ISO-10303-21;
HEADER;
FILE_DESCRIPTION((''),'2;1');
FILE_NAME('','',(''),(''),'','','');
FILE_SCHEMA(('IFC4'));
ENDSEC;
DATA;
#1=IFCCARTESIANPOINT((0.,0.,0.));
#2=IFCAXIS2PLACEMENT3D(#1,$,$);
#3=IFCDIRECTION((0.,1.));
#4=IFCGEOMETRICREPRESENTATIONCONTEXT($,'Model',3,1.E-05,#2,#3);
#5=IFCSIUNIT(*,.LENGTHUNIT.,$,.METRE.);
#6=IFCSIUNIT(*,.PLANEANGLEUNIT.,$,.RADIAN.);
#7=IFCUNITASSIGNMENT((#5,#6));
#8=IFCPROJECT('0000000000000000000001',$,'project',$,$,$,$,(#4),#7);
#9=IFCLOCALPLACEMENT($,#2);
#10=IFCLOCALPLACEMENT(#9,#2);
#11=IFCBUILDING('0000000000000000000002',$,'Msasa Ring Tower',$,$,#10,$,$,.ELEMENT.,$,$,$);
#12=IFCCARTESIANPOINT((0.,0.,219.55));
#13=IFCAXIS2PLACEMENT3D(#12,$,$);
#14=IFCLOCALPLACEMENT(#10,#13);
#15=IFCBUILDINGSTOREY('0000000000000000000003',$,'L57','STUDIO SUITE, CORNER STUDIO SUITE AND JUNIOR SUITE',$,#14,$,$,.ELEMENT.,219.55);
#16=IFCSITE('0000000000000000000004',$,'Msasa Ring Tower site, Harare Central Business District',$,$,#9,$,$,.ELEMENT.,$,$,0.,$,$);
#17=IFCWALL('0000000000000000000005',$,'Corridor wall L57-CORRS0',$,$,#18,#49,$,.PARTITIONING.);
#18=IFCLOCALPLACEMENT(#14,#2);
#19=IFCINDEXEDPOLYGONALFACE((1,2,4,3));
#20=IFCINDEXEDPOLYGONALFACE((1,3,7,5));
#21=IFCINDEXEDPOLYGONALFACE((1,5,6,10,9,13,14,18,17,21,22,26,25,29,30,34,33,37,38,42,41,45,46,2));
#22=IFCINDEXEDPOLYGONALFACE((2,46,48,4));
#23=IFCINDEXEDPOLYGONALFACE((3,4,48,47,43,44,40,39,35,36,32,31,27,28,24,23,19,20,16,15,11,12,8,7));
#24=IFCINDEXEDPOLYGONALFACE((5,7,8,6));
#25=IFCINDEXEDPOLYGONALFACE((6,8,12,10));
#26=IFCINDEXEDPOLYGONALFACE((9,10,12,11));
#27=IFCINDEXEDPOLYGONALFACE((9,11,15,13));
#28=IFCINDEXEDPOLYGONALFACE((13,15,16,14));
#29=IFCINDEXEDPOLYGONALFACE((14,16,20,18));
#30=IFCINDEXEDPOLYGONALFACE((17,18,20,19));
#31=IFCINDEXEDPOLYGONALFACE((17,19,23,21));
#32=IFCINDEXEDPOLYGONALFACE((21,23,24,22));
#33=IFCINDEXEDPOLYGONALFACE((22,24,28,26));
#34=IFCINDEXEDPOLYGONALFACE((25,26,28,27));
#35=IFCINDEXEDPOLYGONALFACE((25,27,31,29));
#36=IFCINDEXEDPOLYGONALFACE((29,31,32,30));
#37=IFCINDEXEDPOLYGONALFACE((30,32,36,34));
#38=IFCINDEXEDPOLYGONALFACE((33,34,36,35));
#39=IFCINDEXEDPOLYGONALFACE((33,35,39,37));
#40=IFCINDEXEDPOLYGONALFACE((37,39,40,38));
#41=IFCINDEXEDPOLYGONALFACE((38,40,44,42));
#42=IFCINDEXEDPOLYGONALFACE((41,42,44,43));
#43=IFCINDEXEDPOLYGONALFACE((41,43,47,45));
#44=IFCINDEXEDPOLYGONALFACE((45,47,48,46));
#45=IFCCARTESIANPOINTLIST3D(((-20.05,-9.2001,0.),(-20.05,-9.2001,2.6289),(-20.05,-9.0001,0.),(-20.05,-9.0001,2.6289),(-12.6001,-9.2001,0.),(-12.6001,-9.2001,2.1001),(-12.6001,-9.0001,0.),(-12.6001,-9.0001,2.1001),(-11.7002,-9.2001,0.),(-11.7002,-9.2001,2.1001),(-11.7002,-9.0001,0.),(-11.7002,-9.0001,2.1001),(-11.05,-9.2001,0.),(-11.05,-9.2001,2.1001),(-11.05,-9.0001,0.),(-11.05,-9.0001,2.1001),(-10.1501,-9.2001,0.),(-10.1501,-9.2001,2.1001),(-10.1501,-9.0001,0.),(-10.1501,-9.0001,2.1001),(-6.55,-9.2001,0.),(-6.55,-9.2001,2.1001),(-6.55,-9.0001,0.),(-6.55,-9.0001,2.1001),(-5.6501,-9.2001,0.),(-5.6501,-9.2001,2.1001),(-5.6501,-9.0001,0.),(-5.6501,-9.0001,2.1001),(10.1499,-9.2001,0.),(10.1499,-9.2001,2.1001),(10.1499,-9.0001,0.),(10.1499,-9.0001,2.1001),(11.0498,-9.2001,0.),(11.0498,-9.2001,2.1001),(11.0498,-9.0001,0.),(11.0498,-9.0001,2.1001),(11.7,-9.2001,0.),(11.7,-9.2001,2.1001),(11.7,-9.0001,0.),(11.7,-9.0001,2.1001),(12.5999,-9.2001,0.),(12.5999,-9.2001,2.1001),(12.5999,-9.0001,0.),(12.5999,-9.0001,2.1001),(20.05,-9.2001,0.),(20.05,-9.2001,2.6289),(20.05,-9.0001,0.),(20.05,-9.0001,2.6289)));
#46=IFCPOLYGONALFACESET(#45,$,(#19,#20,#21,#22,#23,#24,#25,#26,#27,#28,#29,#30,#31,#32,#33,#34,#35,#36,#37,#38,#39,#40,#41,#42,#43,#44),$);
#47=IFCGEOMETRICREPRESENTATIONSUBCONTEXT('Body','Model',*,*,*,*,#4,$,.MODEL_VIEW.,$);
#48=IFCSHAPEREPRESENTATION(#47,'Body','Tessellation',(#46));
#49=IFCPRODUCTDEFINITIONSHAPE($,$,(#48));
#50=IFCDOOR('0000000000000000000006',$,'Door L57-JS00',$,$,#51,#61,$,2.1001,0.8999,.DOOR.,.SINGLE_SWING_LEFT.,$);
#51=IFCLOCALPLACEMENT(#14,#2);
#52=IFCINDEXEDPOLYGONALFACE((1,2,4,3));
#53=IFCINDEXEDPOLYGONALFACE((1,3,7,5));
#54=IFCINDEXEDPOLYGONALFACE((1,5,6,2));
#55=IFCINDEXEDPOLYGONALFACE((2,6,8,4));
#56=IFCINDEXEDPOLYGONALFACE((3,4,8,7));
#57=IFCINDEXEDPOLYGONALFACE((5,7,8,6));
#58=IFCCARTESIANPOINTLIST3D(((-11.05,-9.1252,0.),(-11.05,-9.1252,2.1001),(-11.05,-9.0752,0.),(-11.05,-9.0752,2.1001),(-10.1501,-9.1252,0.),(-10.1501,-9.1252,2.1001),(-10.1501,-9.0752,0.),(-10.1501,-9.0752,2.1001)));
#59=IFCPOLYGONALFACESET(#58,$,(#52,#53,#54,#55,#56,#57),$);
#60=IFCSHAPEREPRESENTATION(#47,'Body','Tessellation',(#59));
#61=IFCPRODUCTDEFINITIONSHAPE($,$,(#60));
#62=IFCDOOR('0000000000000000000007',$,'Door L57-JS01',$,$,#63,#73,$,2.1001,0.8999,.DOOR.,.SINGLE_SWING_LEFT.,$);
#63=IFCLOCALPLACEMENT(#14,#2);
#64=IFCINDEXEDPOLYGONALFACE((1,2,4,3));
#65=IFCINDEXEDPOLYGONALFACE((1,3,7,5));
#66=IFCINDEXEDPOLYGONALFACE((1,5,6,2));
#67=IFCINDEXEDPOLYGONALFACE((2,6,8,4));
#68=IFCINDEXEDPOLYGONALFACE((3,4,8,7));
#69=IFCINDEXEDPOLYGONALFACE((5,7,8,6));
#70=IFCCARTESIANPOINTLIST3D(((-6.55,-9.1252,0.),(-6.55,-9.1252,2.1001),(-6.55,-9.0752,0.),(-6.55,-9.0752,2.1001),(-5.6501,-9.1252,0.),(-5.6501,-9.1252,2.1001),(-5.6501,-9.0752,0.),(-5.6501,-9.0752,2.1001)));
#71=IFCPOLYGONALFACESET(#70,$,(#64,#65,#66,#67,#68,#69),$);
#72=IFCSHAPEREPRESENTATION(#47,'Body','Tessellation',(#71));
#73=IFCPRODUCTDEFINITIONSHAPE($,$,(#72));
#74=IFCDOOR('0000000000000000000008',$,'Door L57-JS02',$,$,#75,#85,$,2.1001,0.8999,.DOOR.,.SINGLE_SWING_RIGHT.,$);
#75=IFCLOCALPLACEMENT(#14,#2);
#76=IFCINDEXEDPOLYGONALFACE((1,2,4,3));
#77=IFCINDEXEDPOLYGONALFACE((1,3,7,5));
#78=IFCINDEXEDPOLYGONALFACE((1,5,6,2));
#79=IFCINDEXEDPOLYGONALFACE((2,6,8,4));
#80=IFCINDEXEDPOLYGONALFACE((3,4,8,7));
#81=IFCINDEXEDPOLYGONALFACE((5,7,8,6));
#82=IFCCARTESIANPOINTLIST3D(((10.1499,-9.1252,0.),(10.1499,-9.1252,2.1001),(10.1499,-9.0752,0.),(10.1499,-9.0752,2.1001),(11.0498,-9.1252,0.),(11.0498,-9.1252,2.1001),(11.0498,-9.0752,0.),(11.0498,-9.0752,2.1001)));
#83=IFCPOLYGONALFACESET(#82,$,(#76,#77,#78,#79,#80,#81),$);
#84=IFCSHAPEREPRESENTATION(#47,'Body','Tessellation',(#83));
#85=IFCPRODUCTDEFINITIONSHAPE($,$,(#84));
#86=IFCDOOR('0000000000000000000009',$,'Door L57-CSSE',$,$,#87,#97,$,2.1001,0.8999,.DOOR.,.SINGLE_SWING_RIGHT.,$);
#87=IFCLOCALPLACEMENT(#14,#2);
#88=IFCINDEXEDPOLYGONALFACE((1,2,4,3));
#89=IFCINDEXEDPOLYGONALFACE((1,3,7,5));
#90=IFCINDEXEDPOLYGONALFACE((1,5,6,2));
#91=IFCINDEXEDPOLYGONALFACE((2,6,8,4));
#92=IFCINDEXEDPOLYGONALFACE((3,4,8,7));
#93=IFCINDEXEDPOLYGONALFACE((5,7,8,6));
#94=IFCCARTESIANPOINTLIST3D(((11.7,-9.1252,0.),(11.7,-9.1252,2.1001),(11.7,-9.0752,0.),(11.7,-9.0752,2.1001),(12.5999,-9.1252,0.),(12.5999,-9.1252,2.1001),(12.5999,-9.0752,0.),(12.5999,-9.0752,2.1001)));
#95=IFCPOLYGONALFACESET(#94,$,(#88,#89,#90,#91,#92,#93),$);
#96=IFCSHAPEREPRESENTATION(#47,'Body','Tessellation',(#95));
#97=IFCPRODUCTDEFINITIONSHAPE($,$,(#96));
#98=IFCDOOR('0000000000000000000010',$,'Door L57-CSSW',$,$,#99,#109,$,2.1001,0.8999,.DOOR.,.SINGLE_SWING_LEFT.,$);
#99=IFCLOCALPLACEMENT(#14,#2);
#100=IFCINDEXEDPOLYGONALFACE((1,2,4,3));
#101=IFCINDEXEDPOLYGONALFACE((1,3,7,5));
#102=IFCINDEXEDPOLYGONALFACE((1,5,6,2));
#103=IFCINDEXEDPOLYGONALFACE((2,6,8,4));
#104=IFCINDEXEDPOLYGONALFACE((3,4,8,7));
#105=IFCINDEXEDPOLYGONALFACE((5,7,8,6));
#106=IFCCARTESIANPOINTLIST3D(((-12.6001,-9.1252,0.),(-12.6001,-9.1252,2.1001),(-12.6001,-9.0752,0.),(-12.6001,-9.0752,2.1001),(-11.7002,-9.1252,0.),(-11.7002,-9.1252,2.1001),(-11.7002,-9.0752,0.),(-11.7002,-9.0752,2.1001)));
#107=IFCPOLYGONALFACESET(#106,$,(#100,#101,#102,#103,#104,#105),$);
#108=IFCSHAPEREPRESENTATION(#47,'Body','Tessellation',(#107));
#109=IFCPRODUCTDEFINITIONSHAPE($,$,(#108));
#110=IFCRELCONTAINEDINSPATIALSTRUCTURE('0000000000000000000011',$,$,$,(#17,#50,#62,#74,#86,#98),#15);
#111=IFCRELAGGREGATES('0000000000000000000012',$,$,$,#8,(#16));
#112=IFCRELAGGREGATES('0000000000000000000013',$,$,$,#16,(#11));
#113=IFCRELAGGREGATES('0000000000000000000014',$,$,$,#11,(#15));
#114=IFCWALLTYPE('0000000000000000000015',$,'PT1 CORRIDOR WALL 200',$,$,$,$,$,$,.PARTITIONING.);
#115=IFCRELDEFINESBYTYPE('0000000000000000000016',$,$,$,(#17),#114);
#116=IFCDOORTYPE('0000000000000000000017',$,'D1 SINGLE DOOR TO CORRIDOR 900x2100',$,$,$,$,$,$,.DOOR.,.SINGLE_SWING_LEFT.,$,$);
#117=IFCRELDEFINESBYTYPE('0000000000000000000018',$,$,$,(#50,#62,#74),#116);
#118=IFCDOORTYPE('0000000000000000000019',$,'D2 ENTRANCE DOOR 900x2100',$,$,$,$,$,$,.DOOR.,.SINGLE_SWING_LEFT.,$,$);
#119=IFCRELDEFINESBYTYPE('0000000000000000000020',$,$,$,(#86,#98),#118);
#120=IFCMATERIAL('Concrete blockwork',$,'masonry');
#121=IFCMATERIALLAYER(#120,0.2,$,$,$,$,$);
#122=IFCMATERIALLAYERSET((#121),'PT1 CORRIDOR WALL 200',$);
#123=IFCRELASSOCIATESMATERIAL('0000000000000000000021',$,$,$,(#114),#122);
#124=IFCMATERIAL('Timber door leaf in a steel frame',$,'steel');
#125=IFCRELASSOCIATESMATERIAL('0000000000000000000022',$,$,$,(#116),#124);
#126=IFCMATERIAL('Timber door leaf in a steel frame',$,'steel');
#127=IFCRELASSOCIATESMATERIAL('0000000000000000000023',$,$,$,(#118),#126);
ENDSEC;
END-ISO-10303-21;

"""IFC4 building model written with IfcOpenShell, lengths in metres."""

from ifc_helpers import new_model, si_unit, direction, frame, frame_2d, origin, place, context, subcontext, project, spatial, rectangle, extrude, material, layer, layer_set, type_object, element, fill, save


model = new_model("IFC4")

# Units and contexts
model_context = context("Model", 3, precision=1e-05, world=origin(), true_north=direction((0.0, 1.0)))
body_context = subcontext(model_context, "Body", "Model", "MODEL_VIEW")
ifc_project = project(units=[si_unit("LENGTHUNIT", "METRE"), si_unit("PLANEANGLEUNIT", "RADIAN")], contexts=[model_context])

# Site, building, storey
site_placement = place(None, origin())
site = spatial("IfcSite", under=ifc_project, at=site_placement, Name="Msasa Ring Tower site, Harare Central Business District", CompositionType="ELEMENT", RefElevation=0.0)
building_placement = place(site_placement, origin())
building = spatial("IfcBuilding", under=site, at=building_placement, Name="Msasa Ring Tower", CompositionType="ELEMENT")
storey_placement = place(building_placement, frame((0.0, 0.0, 219.55)))
storey = spatial("IfcBuildingStorey", under=building, at=storey_placement, Name="L57", Description="STUDIO SUITE, CORNER STUDIO SUITE AND JUNIOR SUITE", CompositionType="ELEMENT", Elevation=219.55)

# Wall, openings, doors
ifc_material_1 = material(Name="Concrete blockwork", Category="masonry")
ifc_layer_1 = layer(ifc_material_1, 0.2)
ifc_layer_set_1 = layer_set([ifc_layer_1], Name="PT1 CORRIDOR WALL 200")
wall_type_1 = type_object("IfcWallType", Name="PT1 CORRIDOR WALL 200", PredefinedType="PARTITIONING", material=ifc_layer_set_1)
wall_1_placement = place(storey_placement, frame((-20.05, -9.1001, 0.0), z_axis=(0.0, 0.0, 1.0), x_axis=(1.0, 0.0, 0.0)))
wall_1 = element("IfcWall", 1, at=wall_1_placement, inside=storey, type_object=wall_type_1, Name="Corridor wall L57-CORRS0", PredefinedType="PARTITIONING", context=body_context, shape_type="SweptSolid", body=[
    extrude(rectangle(XDim=40.1001, YDim=0.2, at=frame_2d((20.05, 0.0))), origin(), (0.0, 0.0, 1.0), 2.6289),
])
opening_1_placement = place(wall_1_placement, frame((9.0, 0.0, 0.0)))
opening_1 = element("IfcOpeningElement", 2, at=opening_1_placement, cuts=wall_1, PredefinedType="OPENING", context=body_context, shape_type="SweptSolid", body=[
    extrude(rectangle(XDim=0.8999, YDim=2.1001, at=frame_2d((0.45, 1.05))), frame((0.0, 0.1099, 0.0), z_axis=(0.0, -1.0, 0.0), x_axis=(1.0, 0.0, 0.0)), (0.0, 0.0, 1.0), 0.22),
])
opening_2_placement = place(wall_1_placement, frame((13.5, 0.0, 0.0)))
opening_2 = element("IfcOpeningElement", 3, at=opening_2_placement, cuts=wall_1, PredefinedType="OPENING", context=body_context, shape_type="SweptSolid", body=[
    extrude(rectangle(XDim=0.8999, YDim=2.1001, at=frame_2d((0.45, 1.05))), frame((0.0, 0.1099, 0.0), z_axis=(0.0, -1.0, 0.0), x_axis=(1.0, 0.0, 0.0)), (0.0, 0.0, 1.0), 0.22),
])
opening_3_placement = place(wall_1_placement, frame((30.2, 0.0, 0.0)))
opening_3 = element("IfcOpeningElement", 4, at=opening_3_placement, cuts=wall_1, PredefinedType="OPENING", context=body_context, shape_type="SweptSolid", body=[
    extrude(rectangle(XDim=0.8999, YDim=2.1001, at=frame_2d((0.45, 1.05))), frame((0.0, 0.1099, 0.0), z_axis=(0.0, -1.0, 0.0), x_axis=(1.0, 0.0, 0.0)), (0.0, 0.0, 1.0), 0.22),
])
opening_4_placement = place(wall_1_placement, frame((31.75, 0.0, 0.0)))
opening_4 = element("IfcOpeningElement", 5, at=opening_4_placement, cuts=wall_1, PredefinedType="OPENING", context=body_context, shape_type="SweptSolid", body=[
    extrude(rectangle(XDim=0.8999, YDim=2.1001, at=frame_2d((0.45, 1.05))), frame((0.0, 0.1099, 0.0), z_axis=(0.0, -1.0, 0.0), x_axis=(1.0, 0.0, 0.0)), (0.0, 0.0, 1.0), 0.22),
])
opening_5_placement = place(wall_1_placement, frame((7.45, 0.0, 0.0)))
opening_5 = element("IfcOpeningElement", 6, at=opening_5_placement, cuts=wall_1, PredefinedType="OPENING", context=body_context, shape_type="SweptSolid", body=[
    extrude(rectangle(XDim=0.8999, YDim=2.1001, at=frame_2d((0.45, 1.05))), frame((0.0, 0.1099, 0.0), z_axis=(0.0, -1.0, 0.0), x_axis=(1.0, 0.0, 0.0)), (0.0, 0.0, 1.0), 0.22),
])
ifc_material_2 = material(Name="Timber door leaf in a steel frame", Category="steel")
door_type_1 = type_object("IfcDoorType", Name="D1 SINGLE DOOR TO CORRIDOR 900x2100", OperationType="SINGLE_SWING_LEFT", PredefinedType="DOOR", material=ifc_material_2)
door_1_placement = place(opening_1_placement, origin())
door_1 = element("IfcDoor", 7, at=door_1_placement, inside=storey, type_object=door_type_1, Name="Door L57-JS00", OperationType="SINGLE_SWING_LEFT", OverallHeight=2.1001, OverallWidth=0.8999, PredefinedType="DOOR", context=body_context, shape_type="SweptSolid", body=[
    extrude(rectangle(XDim=0.8999, YDim=2.1001, at=frame_2d((0.45, 1.05))), frame((0.0, 0.0249, 0.0), z_axis=(0.0, -1.0, 0.0), x_axis=(1.0, 0.0, 0.0)), (0.0, 0.0, 1.0), 0.05),
])
fill(opening_1, door_1)
door_2_placement = place(opening_2_placement, origin())
door_2 = element("IfcDoor", 8, at=door_2_placement, inside=storey, type_object=door_type_1, Name="Door L57-JS01", OperationType="SINGLE_SWING_LEFT", OverallHeight=2.1001, OverallWidth=0.8999, PredefinedType="DOOR", context=body_context, shape_type="SweptSolid", body=[
    extrude(rectangle(XDim=0.8999, YDim=2.1001, at=frame_2d((0.45, 1.05))), frame((0.0, 0.0249, 0.0), z_axis=(0.0, -1.0, 0.0), x_axis=(1.0, 0.0, 0.0)), (0.0, 0.0, 1.0), 0.05),
])
fill(opening_2, door_2)
door_3_placement = place(opening_3_placement, origin())
door_3 = element("IfcDoor", 9, at=door_3_placement, inside=storey, type_object=door_type_1, Name="Door L57-JS02", OperationType="SINGLE_SWING_RIGHT", OverallHeight=2.1001, OverallWidth=0.8999, PredefinedType="DOOR", context=body_context, shape_type="SweptSolid", body=[
    extrude(rectangle(XDim=0.8999, YDim=2.1001, at=frame_2d((0.45, 1.05))), frame((0.0, 0.0249, 0.0), z_axis=(0.0, -1.0, 0.0), x_axis=(1.0, 0.0, 0.0)), (0.0, 0.0, 1.0), 0.05),
])
fill(opening_3, door_3)
ifc_material_3 = material(Name="Timber door leaf in a steel frame", Category="steel")
door_type_2 = type_object("IfcDoorType", Name="D2 ENTRANCE DOOR 900x2100", OperationType="SINGLE_SWING_LEFT", PredefinedType="DOOR", material=ifc_material_3)
door_4_placement = place(opening_4_placement, origin())
door_4 = element("IfcDoor", 10, at=door_4_placement, inside=storey, type_object=door_type_2, Name="Door L57-CSSE", OperationType="SINGLE_SWING_RIGHT", OverallHeight=2.1001, OverallWidth=0.8999, PredefinedType="DOOR", context=body_context, shape_type="SweptSolid", body=[
    extrude(rectangle(XDim=0.8999, YDim=2.1001, at=frame_2d((0.45, 1.05))), frame((0.0, 0.0249, 0.0), z_axis=(0.0, -1.0, 0.0), x_axis=(1.0, 0.0, 0.0)), (0.0, 0.0, 1.0), 0.05),
])
fill(opening_4, door_4)
door_5_placement = place(opening_5_placement, origin())
door_5 = element("IfcDoor", 11, at=door_5_placement, inside=storey, type_object=door_type_2, Name="Door L57-CSSW", OperationType="SINGLE_SWING_LEFT", OverallHeight=2.1001, OverallWidth=0.8999, PredefinedType="DOOR", context=body_context, shape_type="SweptSolid", body=[
    extrude(rectangle(XDim=0.8999, YDim=2.1001, at=frame_2d((0.45, 1.05))), frame((0.0, 0.0249, 0.0), z_axis=(0.0, -1.0, 0.0), x_axis=(1.0, 0.0, 0.0)), (0.0, 0.0, 1.0), 0.05),
])
fill(opening_5, door_5)

save(model, "model.ifc")
